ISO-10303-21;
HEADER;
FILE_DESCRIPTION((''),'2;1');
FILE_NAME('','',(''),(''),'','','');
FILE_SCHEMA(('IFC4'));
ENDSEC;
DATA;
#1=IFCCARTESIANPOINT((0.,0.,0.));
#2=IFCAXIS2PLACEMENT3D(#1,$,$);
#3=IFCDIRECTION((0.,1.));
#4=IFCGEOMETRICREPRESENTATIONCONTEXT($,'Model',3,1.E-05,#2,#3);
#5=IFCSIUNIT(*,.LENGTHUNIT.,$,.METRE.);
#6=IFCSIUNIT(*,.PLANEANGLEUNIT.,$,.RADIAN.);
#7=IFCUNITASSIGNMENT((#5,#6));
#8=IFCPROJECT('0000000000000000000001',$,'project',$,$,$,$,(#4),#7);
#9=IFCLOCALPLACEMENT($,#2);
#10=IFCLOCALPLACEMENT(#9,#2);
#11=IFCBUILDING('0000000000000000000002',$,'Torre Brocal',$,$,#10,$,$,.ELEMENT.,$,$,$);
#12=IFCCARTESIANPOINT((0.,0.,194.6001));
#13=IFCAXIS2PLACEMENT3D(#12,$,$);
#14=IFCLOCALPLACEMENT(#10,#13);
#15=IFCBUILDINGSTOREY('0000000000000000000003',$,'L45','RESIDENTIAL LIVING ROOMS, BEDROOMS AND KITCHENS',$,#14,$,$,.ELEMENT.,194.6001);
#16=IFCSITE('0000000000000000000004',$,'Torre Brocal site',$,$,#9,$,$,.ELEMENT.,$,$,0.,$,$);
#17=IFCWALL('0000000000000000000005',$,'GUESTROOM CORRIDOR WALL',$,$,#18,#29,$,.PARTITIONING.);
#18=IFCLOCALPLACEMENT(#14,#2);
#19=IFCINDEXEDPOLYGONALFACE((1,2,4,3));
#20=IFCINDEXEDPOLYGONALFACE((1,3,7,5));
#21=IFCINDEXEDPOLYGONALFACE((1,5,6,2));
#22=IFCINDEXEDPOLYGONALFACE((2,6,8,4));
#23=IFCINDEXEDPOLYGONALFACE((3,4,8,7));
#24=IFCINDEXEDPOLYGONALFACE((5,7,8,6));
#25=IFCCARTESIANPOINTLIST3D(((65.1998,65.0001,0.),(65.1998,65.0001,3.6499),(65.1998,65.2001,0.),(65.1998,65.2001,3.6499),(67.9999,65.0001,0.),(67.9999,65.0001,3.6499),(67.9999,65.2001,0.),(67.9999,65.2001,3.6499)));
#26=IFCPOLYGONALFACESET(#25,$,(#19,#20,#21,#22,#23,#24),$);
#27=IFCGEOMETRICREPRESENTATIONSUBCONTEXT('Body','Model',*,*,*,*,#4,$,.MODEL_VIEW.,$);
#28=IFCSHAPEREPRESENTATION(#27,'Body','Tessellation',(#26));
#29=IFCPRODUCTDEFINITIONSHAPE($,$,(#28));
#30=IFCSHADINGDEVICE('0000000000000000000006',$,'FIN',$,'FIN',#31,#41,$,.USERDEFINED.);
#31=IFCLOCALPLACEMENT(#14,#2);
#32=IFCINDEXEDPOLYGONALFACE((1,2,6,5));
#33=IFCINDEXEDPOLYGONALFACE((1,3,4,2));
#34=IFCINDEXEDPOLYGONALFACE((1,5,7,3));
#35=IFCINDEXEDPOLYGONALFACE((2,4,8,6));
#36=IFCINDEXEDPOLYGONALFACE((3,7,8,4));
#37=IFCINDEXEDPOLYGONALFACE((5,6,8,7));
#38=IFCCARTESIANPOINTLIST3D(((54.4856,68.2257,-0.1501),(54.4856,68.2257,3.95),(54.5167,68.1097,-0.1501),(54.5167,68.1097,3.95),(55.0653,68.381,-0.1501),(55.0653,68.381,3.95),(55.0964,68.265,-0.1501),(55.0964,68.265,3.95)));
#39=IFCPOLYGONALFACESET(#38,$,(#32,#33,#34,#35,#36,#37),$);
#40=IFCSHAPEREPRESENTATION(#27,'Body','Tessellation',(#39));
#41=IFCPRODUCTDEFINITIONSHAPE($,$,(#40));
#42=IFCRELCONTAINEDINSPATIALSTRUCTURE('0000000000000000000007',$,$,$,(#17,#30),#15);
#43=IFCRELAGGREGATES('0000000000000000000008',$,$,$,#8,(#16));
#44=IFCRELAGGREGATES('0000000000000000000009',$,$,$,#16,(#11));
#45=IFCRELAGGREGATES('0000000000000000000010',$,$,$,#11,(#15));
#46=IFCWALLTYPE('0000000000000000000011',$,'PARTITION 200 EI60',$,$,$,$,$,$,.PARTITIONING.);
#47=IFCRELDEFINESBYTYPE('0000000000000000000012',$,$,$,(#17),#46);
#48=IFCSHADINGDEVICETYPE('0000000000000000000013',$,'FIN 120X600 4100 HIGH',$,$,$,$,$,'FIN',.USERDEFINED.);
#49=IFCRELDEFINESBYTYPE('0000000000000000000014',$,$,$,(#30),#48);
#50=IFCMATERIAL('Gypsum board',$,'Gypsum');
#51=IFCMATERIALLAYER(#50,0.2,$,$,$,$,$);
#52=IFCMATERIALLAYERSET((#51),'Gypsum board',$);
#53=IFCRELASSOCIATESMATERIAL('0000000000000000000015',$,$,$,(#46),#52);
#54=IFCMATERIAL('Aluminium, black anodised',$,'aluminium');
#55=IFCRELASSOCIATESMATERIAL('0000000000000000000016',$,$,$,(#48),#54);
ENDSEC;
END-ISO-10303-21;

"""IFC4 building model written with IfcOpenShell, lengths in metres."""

from ifc_helpers import new_model, si_unit, direction, frame, frame_2d, origin, origin_2d, place, context, subcontext, project, spatial, rectangle, extrude, material, layer, layer_set, material_profile, profile_set, type_object, element, save


model = new_model("IFC4")

# Units and contexts
model_context = context("Model", 3, precision=1e-05, world=origin(), true_north=direction((0.0, 1.0)))
body_context = subcontext(model_context, "Body", "Model", "MODEL_VIEW")
ifc_project = project(units=[si_unit("LENGTHUNIT", "METRE"), si_unit("PLANEANGLEUNIT", "RADIAN")], contexts=[model_context])

# Site, building, storey
site_placement = place(None, origin())
site = spatial("IfcSite", under=ifc_project, at=site_placement, Name="Torre Brocal site", CompositionType="ELEMENT", RefElevation=0.0)
building_placement = place(site_placement, origin())
building = spatial("IfcBuilding", under=site, at=building_placement, Name="Torre Brocal", CompositionType="ELEMENT")
storey_placement = place(building_placement, frame((0.0, 0.0, 194.6001)))
storey = spatial("IfcBuildingStorey", under=building, at=storey_placement, Name="L45", Description="RESIDENTIAL LIVING ROOMS, BEDROOMS AND KITCHENS", CompositionType="ELEMENT", Elevation=194.6001)

# Wall
ifc_material_1 = material(Name="Gypsum board", Category="Gypsum")
ifc_layer_1 = layer(ifc_material_1, 0.2)
ifc_layer_set_1 = layer_set([ifc_layer_1], Name="Gypsum board")
wall_type_1 = type_object("IfcWallType", Name="PARTITION 200 EI60", PredefinedType="PARTITIONING", material=ifc_layer_set_1)
wall_1_placement = place(storey_placement, frame((65.2, 65.1001, 0.0), z_axis=(0.0, 0.0, 1.0), x_axis=(1.0, 0.0, 0.0)))
element("IfcWall", 1, at=wall_1_placement, inside=storey, type_object=wall_type_1, Name="GUESTROOM CORRIDOR WALL", PredefinedType="PARTITIONING", context=body_context, shape_type="SweptSolid", body=[
    extrude(rectangle(XDim=2.8, YDim=0.2, at=frame_2d((1.3999, 0.0))), origin(), (0.0, 0.0, 1.0), 3.6499),
])

# Shading device
ifc_material_2 = material(Name="Aluminium, black anodised", Category="aluminium")
ifc_material_profile_1 = material_profile(ifc_material_2, rectangle(XDim=0.1201, YDim=0.6001, at=origin_2d()), Name="FIN 120X600 4100 HIGH")
ifc_profile_set_1 = profile_set([ifc_material_profile_1], Name="Aluminium, black anodised")
shading_device_type = type_object("IfcShadingDeviceType", Name="FIN 120X600 4100 HIGH", ElementType="FIN", PredefinedType="USERDEFINED", material=ifc_profile_set_1)
shading_device_placement = place(storey_placement, frame((54.791, 68.2454, -0.1501), z_axis=(0.0, 0.0, 1.0), x_axis=(0.258819, -0.965926, 0.0)))
element("IfcShadingDevice", 2, at=shading_device_placement, inside=storey, type_object=shading_device_type, Name="FIN", ObjectType="FIN", PredefinedType="USERDEFINED", context=body_context, shape_type="SweptSolid", body=[
    extrude(rectangle(XDim=0.1201, YDim=0.6001, at=origin_2d()), origin(), (0.0, 0.0, 1.0), 4.1001),
])

save(model, "model.ifc")
